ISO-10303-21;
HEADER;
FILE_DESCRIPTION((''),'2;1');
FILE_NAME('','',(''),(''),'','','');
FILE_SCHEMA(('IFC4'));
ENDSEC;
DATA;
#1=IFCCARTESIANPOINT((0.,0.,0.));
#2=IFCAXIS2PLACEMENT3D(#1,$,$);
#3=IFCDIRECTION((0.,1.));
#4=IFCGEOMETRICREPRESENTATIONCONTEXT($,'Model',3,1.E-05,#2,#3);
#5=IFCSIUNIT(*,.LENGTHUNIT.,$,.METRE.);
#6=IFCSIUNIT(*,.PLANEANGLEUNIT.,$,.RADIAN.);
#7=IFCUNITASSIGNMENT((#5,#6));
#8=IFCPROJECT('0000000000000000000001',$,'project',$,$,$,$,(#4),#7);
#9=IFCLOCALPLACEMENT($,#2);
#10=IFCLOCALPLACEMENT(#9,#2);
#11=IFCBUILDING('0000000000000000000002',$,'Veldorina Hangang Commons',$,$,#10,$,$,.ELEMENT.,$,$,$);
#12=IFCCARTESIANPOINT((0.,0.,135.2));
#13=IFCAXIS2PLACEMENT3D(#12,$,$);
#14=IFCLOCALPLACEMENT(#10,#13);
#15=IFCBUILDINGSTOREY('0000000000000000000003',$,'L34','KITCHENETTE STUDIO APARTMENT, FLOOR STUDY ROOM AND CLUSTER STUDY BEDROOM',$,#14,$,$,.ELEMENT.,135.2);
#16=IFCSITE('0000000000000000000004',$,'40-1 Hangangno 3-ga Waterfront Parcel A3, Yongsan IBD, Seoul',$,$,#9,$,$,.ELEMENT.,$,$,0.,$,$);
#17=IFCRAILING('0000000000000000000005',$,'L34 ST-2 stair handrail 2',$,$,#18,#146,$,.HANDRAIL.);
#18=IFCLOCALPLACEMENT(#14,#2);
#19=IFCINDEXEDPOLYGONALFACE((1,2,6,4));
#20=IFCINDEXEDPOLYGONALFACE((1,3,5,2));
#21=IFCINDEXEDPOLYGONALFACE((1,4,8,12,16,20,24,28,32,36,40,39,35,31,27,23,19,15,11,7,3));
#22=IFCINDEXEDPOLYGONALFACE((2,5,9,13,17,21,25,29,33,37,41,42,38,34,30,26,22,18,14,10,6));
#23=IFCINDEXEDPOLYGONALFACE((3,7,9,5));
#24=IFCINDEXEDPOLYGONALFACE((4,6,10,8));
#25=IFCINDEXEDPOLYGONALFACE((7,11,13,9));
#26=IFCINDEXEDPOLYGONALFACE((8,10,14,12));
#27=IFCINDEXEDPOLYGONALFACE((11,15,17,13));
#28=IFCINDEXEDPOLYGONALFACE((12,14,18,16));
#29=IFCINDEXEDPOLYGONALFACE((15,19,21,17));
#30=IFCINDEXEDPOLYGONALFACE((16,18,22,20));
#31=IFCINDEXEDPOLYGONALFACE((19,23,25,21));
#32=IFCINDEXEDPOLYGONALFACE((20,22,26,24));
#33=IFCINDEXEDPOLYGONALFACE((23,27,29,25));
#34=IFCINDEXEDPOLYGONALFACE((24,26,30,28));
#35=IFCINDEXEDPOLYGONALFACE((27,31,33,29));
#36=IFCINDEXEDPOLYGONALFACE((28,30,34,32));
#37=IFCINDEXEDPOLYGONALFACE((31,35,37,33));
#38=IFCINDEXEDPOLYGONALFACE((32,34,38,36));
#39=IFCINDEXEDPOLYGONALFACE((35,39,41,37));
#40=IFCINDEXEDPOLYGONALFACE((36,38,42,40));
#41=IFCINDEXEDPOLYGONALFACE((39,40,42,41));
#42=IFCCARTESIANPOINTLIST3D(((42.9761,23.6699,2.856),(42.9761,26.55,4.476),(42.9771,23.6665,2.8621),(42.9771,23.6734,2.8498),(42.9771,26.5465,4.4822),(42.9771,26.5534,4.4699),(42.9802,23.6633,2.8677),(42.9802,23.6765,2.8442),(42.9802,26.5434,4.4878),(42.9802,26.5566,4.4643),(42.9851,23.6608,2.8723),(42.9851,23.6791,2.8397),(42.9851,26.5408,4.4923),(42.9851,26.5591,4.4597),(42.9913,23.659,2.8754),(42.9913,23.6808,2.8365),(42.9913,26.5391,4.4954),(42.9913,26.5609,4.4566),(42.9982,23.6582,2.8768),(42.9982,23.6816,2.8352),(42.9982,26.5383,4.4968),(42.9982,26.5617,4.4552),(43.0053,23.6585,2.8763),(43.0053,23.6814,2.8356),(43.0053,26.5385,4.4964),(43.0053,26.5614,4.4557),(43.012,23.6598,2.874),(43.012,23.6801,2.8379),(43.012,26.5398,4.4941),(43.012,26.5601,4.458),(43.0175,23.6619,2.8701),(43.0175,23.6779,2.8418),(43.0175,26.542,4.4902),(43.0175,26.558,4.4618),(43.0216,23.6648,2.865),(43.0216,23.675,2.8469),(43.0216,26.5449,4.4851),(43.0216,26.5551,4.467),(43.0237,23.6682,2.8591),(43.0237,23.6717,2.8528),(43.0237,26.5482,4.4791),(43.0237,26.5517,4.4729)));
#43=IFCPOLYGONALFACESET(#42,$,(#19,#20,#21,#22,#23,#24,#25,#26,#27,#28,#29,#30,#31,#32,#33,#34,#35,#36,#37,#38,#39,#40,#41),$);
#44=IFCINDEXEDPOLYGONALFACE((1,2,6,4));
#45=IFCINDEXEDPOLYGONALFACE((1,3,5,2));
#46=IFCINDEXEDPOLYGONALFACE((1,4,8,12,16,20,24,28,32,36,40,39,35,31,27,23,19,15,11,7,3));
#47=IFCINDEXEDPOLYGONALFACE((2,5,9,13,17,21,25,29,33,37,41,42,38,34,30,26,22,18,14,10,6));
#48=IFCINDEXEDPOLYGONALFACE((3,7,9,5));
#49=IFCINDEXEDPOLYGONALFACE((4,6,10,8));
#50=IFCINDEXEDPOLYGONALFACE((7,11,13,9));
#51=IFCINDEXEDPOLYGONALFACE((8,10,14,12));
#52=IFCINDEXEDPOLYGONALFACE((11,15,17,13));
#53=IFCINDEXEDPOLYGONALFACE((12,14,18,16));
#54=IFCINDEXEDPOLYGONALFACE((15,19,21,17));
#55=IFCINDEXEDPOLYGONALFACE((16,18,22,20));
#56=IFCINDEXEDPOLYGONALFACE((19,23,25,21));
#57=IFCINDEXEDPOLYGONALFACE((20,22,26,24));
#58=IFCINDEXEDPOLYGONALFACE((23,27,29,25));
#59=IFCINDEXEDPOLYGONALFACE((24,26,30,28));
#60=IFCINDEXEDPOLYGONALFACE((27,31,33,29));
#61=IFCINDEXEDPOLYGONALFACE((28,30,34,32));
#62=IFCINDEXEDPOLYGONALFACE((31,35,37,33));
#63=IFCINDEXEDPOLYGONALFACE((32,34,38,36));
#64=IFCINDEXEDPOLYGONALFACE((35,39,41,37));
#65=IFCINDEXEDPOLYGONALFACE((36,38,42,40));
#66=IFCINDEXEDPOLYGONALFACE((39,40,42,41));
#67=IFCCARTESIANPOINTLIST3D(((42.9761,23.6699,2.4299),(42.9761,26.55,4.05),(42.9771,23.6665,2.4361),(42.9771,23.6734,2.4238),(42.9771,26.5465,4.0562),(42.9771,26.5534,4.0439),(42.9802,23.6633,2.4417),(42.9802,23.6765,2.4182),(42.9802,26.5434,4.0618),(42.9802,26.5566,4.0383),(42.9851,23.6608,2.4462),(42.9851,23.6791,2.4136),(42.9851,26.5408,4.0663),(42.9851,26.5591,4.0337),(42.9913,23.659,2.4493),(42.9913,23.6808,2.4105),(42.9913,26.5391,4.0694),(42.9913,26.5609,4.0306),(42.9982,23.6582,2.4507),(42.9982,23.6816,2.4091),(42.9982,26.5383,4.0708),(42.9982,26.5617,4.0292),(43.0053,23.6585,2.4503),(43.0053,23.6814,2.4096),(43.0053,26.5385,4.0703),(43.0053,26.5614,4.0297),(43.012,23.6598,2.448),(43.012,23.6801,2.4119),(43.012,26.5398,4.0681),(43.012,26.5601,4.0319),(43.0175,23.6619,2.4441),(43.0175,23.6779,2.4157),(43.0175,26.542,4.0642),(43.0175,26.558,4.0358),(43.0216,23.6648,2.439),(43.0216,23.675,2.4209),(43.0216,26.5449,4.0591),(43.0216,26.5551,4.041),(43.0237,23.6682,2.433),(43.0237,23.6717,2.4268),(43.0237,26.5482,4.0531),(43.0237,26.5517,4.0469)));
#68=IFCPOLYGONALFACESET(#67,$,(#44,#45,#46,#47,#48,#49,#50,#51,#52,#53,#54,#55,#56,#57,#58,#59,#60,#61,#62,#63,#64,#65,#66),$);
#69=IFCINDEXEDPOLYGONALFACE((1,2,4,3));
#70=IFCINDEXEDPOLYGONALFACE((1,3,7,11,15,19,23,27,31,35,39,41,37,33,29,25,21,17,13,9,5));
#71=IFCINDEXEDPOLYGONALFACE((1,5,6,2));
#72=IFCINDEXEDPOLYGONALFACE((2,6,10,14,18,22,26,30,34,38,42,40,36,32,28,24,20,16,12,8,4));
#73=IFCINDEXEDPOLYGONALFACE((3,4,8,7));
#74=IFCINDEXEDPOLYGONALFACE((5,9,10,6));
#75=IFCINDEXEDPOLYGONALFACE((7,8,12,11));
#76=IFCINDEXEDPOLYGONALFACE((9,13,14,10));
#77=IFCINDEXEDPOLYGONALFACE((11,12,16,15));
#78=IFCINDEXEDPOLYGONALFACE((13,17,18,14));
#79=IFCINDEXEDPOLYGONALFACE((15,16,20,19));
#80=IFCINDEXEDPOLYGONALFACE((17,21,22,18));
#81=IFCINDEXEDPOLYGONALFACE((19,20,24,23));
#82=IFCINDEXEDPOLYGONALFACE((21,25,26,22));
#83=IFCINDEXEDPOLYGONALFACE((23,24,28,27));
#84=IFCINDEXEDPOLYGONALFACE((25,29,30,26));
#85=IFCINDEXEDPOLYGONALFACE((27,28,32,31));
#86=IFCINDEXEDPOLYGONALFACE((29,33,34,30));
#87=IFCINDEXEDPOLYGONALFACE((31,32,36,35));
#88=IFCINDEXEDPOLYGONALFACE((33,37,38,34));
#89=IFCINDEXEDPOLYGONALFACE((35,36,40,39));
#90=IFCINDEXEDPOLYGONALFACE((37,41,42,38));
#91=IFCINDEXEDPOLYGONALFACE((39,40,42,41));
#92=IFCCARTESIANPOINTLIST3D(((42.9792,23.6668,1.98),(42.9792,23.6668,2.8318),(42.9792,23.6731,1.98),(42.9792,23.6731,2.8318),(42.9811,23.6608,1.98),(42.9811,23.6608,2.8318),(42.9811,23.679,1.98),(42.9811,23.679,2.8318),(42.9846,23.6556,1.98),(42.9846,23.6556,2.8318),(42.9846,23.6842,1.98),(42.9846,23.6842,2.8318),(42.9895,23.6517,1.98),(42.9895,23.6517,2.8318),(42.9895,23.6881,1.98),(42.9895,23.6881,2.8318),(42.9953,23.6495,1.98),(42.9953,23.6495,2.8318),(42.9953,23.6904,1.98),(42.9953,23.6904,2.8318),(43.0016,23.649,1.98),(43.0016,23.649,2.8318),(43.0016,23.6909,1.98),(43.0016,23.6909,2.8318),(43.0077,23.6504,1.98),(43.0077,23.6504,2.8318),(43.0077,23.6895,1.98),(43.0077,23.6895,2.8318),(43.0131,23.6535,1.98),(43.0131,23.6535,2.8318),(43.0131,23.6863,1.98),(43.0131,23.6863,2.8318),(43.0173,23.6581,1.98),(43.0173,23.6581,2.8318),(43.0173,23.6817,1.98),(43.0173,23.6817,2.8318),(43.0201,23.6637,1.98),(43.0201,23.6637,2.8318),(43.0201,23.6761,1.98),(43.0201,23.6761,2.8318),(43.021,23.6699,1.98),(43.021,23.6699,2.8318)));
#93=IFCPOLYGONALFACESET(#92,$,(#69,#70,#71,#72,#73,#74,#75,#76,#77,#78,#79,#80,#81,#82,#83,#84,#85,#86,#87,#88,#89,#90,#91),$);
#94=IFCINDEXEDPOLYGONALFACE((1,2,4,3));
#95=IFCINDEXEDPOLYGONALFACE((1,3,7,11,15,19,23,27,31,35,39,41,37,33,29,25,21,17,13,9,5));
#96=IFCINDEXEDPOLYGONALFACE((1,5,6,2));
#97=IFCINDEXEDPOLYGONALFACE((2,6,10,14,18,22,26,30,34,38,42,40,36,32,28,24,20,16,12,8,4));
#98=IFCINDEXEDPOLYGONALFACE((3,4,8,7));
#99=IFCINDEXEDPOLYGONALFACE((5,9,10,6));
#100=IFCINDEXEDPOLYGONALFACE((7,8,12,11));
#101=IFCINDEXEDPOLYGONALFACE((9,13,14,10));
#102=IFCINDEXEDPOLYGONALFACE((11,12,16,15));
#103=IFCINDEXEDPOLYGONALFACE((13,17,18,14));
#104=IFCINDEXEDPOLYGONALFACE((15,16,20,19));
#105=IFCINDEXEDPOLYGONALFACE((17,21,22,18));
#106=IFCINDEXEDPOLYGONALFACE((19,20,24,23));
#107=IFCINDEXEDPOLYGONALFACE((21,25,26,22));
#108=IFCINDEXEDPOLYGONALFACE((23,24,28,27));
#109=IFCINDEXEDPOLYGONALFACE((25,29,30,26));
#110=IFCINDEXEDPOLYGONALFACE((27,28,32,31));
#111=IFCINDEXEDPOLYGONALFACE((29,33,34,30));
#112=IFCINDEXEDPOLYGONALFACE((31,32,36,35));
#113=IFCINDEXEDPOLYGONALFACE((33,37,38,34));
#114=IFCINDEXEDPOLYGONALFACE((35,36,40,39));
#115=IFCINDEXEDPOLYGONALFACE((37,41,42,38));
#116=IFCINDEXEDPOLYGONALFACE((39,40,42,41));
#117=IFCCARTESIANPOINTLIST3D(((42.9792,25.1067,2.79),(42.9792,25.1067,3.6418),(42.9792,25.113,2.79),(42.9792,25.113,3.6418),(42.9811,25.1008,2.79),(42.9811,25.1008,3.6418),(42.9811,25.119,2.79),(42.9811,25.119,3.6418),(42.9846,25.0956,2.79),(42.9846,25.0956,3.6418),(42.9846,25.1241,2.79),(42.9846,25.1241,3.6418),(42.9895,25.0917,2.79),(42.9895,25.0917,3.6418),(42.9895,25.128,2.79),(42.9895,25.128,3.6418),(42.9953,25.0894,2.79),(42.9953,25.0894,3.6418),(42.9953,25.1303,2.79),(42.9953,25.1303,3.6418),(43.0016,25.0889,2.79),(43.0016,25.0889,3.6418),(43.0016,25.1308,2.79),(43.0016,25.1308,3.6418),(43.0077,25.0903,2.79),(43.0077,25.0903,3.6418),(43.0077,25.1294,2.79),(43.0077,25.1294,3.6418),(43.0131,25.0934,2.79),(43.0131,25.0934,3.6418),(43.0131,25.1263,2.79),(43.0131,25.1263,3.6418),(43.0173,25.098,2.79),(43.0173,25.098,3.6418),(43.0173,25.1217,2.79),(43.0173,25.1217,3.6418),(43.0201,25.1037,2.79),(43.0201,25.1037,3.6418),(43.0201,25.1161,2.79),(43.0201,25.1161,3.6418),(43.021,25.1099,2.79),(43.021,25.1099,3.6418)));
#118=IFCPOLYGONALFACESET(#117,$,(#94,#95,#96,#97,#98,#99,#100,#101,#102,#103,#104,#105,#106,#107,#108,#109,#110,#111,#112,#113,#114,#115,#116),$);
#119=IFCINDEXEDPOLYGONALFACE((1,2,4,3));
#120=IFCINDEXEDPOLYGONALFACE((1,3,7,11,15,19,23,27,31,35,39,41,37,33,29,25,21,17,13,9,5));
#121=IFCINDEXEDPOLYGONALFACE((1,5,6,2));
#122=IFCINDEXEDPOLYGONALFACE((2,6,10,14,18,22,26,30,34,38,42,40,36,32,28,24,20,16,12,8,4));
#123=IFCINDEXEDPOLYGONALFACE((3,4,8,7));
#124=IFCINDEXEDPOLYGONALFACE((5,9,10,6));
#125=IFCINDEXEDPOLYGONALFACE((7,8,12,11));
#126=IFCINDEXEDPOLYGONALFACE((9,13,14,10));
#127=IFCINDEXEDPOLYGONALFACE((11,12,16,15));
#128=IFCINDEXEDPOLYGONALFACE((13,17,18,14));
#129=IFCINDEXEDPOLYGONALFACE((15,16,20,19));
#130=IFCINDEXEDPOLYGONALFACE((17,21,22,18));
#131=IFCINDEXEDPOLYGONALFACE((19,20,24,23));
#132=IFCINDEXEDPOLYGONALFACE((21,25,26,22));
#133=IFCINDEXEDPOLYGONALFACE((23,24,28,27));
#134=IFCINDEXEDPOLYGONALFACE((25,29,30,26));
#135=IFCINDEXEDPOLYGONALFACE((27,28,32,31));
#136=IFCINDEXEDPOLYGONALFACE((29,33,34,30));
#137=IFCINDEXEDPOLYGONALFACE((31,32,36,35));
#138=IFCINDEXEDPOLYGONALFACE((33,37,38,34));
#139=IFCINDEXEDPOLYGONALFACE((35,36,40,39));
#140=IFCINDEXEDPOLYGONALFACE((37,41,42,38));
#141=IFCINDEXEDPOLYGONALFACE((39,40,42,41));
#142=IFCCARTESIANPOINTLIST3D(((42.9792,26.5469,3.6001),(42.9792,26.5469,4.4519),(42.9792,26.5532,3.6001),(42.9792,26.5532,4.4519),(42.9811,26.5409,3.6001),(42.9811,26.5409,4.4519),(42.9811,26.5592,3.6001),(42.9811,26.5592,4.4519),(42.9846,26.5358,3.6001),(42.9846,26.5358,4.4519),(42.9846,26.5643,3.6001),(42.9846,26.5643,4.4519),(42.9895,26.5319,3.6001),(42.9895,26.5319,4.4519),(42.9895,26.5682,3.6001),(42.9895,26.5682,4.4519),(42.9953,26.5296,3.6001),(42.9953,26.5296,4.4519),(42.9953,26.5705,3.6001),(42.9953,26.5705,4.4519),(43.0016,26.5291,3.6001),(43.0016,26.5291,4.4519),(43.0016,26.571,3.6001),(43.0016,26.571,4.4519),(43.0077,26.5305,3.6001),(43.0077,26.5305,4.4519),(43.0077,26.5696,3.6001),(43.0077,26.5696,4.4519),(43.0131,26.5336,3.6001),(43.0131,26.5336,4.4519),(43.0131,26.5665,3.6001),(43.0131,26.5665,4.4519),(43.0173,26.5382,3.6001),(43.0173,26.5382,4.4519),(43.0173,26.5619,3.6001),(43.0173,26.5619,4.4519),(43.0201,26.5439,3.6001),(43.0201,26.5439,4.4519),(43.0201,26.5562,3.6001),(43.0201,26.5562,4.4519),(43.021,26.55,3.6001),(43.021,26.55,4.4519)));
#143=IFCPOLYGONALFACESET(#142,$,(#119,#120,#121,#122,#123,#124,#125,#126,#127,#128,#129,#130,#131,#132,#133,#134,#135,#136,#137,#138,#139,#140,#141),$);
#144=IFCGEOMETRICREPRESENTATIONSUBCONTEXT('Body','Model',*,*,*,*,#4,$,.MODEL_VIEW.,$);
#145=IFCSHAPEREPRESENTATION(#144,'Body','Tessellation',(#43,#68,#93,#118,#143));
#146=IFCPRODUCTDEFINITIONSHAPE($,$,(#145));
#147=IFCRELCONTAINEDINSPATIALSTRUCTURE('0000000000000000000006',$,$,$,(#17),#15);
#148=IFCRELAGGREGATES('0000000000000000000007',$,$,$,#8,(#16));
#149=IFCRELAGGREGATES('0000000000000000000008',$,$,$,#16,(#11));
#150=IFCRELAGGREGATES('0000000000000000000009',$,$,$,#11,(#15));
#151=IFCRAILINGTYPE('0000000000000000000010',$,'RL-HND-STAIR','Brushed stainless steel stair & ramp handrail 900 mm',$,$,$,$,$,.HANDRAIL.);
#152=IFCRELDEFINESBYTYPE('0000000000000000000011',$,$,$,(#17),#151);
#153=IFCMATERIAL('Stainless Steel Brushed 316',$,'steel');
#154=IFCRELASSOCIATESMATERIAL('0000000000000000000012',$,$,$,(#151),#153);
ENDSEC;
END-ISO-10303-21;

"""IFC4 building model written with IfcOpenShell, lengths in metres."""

from ifc_helpers import new_model, si_unit, direction, frame, origin, origin_2d, place, context, subcontext, project, spatial, circle, extrude, material, type_object, element, save


model = new_model("IFC4")

# Units and contexts
model_context = context("Model", 3, precision=1e-05, world=origin(), true_north=direction((0.0, 1.0)))
body_context = subcontext(model_context, "Body", "Model", "MODEL_VIEW")
ifc_project = project(units=[si_unit("LENGTHUNIT", "METRE"), si_unit("PLANEANGLEUNIT", "RADIAN")], contexts=[model_context])

# Site, building, storey
site_placement = place(None, origin())
site = spatial("IfcSite", under=ifc_project, at=site_placement, Name="40-1 Hangangno 3-ga Waterfront Parcel A3, Yongsan IBD, Seoul", CompositionType="ELEMENT", RefElevation=0.0)
building_placement = place(site_placement, origin())
building = spatial("IfcBuilding", under=site, at=building_placement, Name="Veldorina Hangang Commons", CompositionType="ELEMENT")
storey_placement = place(building_placement, frame((0.0, 0.0, 135.2)))
storey = spatial("IfcBuildingStorey", under=building, at=storey_placement, Name="L34", Description="KITCHENETTE STUDIO APARTMENT, FLOOR STUDY ROOM AND CLUSTER STUDY BEDROOM", CompositionType="ELEMENT", Elevation=135.2)

# Railing
ifc_material_1 = material(Name="Stainless Steel Brushed 316", Category="steel")
railing_type_1 = type_object("IfcRailingType", Name="RL-HND-STAIR", Description="Brushed stainless steel stair & ramp handrail 900 mm", PredefinedType="HANDRAIL", material=ifc_material_1)
railing_1_placement = place(storey_placement, frame((43.0, 23.6699, 1.98)))
element("IfcRailing", 1, at=railing_1_placement, inside=storey, type_object=railing_type_1, Name="L34 ST-2 stair handrail 2", PredefinedType="HANDRAIL", context=body_context, shape_type="SweptSolid", body=[
    extrude(circle(Radius=0.0239, at=origin_2d()), frame((0.0, 0.0, 0.876), z_axis=(0.0, 0.87157, 0.490272), x_axis=(-1.0, 0.0, 0.0)), (0.0, 0.0, 1.0), 3.3044),
    extrude(circle(Radius=0.0239, at=origin_2d()), frame((0.0, 0.0, 0.45), z_axis=(0.0, 0.87157, 0.490272), x_axis=(-1.0, 0.0, 0.0)), (0.0, 0.0, 1.0), 3.3044),
    extrude(circle(Radius=0.021, at=origin_2d()), origin(), (0.0, 0.0, 1.0), 0.8518),
    extrude(circle(Radius=0.021, at=origin_2d()), frame((0.0, 1.4399, 0.8101)), (0.0, 0.0, 1.0), 0.8518),
    extrude(circle(Radius=0.021, at=origin_2d()), frame((0.0, 2.8801, 1.6201)), (0.0, 0.0, 1.0), 0.8518),
])

save(model, "model.ifc")
